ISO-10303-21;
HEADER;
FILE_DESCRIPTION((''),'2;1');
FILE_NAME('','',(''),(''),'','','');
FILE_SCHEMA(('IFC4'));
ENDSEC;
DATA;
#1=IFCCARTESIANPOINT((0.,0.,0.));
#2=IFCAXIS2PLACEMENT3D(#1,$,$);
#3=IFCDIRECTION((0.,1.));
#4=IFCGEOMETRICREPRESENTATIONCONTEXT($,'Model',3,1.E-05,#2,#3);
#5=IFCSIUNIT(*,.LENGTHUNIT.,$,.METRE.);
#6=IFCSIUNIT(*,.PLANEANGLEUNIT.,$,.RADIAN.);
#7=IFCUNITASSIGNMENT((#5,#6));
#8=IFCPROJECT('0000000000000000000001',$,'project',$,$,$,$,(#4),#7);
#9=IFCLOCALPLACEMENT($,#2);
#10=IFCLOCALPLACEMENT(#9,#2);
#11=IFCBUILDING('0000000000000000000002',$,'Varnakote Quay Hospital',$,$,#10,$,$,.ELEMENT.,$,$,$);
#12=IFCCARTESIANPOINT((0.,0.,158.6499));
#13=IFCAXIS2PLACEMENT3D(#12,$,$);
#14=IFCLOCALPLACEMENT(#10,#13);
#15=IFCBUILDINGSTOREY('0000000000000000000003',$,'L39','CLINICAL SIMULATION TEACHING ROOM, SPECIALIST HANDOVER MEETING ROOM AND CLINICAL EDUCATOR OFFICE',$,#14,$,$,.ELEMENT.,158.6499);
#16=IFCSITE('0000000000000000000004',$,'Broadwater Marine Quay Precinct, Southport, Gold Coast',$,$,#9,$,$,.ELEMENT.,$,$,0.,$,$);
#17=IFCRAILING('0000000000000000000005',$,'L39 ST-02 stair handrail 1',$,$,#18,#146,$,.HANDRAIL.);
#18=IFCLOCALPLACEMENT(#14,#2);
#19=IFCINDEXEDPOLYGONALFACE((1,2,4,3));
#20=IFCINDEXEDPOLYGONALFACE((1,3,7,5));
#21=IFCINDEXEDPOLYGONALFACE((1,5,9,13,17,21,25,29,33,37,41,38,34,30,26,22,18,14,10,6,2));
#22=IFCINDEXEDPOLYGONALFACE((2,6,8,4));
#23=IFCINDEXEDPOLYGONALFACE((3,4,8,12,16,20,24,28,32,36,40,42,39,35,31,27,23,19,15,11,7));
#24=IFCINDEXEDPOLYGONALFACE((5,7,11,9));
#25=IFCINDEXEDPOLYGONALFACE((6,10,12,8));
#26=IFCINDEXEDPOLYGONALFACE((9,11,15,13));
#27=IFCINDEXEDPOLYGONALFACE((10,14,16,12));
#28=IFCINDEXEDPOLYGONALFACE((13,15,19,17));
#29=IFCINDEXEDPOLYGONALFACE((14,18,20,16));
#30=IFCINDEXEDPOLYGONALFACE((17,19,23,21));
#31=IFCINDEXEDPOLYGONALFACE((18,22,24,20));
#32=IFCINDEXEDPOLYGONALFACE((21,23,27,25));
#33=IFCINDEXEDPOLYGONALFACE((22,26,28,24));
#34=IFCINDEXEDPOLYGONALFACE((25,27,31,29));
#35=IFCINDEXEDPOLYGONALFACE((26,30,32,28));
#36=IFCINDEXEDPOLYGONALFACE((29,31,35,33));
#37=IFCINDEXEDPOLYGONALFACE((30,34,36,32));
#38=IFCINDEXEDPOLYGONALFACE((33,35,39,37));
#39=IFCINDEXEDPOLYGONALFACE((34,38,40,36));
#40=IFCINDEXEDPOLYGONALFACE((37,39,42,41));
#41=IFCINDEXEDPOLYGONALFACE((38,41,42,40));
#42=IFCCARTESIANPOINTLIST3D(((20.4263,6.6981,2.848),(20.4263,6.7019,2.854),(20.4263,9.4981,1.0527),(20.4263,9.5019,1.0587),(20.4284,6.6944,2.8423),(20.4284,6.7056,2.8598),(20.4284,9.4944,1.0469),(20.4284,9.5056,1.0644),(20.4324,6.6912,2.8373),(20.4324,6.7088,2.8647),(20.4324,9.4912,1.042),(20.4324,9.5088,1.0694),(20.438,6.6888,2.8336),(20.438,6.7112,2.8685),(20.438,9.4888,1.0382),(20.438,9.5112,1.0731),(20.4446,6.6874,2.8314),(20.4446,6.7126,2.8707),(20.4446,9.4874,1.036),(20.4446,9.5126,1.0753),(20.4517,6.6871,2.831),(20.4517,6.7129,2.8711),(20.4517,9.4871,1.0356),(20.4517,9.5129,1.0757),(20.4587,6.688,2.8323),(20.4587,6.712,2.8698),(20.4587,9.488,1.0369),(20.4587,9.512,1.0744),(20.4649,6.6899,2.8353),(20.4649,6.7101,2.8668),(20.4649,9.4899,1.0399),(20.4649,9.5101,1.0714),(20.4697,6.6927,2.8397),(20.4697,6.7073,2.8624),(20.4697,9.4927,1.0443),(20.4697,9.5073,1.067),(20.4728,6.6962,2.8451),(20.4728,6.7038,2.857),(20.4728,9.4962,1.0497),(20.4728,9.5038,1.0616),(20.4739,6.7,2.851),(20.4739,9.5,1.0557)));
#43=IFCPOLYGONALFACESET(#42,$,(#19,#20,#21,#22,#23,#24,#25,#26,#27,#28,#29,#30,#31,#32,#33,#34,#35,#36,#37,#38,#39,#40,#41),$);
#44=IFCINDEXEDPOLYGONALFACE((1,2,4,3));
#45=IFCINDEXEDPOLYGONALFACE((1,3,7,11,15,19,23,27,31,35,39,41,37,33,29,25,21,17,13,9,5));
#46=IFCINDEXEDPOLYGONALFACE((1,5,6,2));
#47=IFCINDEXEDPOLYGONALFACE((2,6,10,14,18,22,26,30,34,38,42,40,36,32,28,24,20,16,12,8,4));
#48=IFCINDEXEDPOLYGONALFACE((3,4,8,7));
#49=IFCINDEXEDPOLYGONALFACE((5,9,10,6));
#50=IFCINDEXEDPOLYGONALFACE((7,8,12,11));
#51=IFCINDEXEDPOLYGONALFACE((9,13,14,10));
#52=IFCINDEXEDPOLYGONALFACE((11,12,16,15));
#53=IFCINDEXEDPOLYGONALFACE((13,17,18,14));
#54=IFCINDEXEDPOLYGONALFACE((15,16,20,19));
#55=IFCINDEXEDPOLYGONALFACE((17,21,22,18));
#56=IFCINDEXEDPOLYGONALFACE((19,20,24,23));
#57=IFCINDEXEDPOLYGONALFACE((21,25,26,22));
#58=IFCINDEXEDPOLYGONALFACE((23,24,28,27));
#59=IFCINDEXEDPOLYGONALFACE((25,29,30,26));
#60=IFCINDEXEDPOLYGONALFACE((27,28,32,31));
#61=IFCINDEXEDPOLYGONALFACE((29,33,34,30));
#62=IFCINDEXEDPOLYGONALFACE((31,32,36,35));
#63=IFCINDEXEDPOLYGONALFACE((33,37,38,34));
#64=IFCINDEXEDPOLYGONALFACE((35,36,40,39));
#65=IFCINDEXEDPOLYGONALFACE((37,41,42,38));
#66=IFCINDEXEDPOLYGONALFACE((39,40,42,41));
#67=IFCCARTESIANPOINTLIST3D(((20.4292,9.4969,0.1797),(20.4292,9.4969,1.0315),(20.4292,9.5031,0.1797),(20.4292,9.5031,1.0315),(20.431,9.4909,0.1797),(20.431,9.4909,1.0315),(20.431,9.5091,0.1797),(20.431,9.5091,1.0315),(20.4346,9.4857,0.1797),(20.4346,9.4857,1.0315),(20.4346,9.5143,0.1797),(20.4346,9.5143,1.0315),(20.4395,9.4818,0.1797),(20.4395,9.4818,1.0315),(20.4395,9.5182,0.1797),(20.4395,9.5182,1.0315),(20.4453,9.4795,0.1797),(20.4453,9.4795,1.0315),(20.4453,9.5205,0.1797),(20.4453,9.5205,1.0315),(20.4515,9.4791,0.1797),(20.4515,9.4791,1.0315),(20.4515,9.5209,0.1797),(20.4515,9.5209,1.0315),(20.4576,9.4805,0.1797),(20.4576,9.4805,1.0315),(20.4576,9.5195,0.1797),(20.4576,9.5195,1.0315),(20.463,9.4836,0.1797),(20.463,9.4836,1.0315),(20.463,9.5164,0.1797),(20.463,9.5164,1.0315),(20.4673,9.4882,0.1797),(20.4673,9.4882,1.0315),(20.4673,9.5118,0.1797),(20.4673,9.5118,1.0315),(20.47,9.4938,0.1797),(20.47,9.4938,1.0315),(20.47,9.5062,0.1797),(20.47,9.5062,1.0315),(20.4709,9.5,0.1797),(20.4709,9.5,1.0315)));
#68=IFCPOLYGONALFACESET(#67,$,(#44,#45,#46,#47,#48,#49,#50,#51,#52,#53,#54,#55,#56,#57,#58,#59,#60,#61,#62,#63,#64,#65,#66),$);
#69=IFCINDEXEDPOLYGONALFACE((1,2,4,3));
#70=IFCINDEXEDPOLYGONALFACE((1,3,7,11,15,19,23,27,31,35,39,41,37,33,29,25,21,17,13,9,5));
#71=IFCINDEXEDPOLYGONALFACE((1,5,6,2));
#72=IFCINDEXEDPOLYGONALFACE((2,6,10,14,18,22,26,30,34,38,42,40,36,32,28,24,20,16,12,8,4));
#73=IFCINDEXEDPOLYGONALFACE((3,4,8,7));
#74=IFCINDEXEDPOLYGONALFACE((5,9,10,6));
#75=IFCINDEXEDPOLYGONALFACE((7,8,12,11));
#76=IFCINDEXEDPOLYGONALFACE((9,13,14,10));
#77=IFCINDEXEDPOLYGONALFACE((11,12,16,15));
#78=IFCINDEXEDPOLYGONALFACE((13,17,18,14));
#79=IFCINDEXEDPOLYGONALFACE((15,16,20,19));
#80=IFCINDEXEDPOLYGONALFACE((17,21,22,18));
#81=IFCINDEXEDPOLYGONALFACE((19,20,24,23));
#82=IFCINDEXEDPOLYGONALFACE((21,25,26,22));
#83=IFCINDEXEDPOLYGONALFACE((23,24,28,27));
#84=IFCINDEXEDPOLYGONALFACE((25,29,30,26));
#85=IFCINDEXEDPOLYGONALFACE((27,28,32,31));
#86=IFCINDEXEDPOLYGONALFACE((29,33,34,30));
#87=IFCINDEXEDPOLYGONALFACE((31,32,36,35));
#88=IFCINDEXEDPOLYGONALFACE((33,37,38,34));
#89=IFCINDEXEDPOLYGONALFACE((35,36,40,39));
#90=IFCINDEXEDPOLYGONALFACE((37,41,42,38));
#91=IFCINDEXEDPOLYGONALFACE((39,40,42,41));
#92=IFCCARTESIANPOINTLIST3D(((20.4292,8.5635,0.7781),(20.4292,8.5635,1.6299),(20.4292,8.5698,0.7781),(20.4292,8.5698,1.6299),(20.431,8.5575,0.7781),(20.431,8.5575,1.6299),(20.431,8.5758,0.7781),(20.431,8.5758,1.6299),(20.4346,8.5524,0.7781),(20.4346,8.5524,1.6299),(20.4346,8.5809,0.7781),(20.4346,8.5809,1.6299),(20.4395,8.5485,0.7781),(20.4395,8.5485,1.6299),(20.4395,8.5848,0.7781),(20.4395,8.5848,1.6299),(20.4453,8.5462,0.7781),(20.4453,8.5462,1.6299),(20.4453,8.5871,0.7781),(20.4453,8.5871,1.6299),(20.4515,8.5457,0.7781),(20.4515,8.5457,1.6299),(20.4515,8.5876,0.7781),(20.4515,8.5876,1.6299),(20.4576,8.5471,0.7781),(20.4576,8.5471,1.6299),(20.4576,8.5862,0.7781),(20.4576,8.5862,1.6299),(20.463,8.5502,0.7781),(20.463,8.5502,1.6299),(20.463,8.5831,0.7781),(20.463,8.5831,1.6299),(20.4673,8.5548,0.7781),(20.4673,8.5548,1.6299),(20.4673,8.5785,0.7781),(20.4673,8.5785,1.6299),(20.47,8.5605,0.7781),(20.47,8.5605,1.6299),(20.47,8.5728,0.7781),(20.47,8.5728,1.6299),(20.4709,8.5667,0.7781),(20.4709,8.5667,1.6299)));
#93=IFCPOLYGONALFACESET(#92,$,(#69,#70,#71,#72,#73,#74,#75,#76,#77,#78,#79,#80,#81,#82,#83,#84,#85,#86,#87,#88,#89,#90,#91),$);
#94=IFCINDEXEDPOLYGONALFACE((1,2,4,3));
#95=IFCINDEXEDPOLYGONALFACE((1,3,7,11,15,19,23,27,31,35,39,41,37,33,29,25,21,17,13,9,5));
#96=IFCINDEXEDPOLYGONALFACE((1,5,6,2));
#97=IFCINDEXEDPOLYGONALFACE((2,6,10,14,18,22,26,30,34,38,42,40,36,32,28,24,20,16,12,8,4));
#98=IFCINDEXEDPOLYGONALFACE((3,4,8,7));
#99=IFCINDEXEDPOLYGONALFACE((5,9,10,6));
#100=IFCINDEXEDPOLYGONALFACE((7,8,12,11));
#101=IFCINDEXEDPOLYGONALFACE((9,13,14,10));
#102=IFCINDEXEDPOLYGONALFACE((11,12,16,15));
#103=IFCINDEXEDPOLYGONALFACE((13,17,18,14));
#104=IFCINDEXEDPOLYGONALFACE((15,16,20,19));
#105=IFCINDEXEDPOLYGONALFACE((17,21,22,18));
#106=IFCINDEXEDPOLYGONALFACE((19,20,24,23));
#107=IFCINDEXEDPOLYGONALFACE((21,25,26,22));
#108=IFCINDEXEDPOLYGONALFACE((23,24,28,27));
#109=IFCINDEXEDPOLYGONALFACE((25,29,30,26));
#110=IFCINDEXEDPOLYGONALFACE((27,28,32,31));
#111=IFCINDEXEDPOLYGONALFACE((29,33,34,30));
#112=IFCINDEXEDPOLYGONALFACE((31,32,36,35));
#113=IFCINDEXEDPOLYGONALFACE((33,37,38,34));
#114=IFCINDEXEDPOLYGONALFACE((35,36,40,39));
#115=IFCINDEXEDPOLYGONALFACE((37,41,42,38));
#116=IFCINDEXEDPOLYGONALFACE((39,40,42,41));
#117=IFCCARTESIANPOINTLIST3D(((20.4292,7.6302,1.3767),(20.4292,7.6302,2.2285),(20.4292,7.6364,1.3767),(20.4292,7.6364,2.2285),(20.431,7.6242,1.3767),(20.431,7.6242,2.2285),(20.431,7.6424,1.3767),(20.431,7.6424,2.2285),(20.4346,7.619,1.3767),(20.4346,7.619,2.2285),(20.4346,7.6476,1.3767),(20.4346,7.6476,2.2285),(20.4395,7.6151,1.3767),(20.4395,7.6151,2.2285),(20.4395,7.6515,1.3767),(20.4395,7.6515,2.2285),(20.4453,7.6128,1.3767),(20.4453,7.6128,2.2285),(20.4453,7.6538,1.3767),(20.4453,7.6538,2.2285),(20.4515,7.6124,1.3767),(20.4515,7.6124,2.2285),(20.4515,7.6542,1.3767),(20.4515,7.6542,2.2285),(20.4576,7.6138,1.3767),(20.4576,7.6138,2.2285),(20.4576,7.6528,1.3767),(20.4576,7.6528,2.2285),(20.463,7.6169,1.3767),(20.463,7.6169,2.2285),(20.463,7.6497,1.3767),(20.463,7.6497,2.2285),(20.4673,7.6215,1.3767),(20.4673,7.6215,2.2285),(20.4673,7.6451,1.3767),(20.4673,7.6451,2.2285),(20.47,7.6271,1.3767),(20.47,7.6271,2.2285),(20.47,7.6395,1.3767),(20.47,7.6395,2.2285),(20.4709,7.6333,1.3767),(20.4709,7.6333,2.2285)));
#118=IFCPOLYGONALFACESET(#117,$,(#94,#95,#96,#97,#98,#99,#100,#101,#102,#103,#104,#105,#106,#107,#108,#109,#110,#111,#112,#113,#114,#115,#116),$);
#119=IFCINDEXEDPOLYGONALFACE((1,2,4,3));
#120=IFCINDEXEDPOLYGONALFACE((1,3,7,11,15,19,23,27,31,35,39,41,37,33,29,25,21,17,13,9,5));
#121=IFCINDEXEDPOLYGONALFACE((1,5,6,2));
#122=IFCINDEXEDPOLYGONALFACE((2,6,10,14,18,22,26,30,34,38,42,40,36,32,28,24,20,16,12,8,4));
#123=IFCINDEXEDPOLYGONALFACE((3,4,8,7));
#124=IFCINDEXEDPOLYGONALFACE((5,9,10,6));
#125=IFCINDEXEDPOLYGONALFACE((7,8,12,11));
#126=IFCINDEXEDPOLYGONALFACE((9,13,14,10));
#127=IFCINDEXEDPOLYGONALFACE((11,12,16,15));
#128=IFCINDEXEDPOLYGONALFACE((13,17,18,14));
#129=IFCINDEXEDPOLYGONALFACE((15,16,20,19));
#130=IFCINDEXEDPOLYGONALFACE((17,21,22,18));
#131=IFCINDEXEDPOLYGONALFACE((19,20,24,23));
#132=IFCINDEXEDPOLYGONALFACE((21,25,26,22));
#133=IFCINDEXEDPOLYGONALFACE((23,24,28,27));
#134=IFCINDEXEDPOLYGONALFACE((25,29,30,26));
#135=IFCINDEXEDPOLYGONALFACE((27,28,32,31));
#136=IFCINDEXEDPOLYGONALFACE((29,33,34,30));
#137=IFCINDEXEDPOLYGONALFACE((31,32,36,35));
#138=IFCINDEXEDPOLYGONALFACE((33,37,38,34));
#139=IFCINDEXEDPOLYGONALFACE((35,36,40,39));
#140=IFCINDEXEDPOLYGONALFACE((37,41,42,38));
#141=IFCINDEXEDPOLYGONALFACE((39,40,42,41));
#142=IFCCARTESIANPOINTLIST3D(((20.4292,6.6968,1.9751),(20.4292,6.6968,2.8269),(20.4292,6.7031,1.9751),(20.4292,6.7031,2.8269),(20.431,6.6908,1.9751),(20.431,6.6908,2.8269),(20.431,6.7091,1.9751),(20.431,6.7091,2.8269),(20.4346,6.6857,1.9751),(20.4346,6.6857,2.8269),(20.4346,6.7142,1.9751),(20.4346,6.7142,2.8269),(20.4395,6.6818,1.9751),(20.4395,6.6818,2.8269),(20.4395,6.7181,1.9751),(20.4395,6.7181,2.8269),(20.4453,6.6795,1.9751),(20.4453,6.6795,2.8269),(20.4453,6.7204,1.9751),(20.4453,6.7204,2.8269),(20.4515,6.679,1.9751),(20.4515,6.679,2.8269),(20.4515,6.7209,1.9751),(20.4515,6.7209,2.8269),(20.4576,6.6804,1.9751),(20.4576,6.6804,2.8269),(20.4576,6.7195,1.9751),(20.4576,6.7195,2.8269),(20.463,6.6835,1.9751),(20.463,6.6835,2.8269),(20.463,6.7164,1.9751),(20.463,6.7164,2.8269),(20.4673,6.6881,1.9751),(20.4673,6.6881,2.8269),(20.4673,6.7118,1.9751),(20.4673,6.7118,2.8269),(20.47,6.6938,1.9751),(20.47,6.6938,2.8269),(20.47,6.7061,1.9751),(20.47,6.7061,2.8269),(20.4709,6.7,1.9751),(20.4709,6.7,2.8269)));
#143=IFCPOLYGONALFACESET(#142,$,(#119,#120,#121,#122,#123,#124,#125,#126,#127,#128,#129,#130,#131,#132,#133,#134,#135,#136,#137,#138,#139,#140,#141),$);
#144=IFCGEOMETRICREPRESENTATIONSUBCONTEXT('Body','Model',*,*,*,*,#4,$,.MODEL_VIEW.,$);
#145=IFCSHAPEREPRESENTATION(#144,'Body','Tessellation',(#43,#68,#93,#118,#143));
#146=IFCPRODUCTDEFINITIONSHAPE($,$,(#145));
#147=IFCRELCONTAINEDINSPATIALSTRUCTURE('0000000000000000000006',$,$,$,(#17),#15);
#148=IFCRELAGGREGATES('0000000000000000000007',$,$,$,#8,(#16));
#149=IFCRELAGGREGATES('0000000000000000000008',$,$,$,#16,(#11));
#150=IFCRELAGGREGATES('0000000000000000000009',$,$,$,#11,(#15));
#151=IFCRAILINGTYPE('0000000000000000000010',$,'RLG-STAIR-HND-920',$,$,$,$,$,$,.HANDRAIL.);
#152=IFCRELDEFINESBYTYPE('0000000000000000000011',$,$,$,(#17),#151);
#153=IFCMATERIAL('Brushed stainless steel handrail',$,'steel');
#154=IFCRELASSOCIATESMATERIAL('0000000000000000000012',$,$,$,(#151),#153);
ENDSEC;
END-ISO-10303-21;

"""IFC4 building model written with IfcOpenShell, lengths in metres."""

from ifc_helpers import new_model, si_unit, direction, frame, origin, origin_2d, place, context, subcontext, project, spatial, circle, extrude, material, type_object, element, save


model = new_model("IFC4")

# Units and contexts
model_context = context("Model", 3, precision=1e-05, world=origin(), true_north=direction((0.0, 1.0)))
body_context = subcontext(model_context, "Body", "Model", "MODEL_VIEW")
ifc_project = project(units=[si_unit("LENGTHUNIT", "METRE"), si_unit("PLANEANGLEUNIT", "RADIAN")], contexts=[model_context])

# Site, building, storey
site_placement = place(None, origin())
site = spatial("IfcSite", under=ifc_project, at=site_placement, Name="Broadwater Marine Quay Precinct, Southport, Gold Coast", CompositionType="ELEMENT", RefElevation=0.0)
building_placement = place(site_placement, origin())
building = spatial("IfcBuilding", under=site, at=building_placement, Name="Varnakote Quay Hospital", CompositionType="ELEMENT")
storey_placement = place(building_placement, frame((0.0, 0.0, 158.6499)))
storey = spatial("IfcBuildingStorey", under=building, at=storey_placement, Name="L39", Description="CLINICAL SIMULATION TEACHING ROOM, SPECIALIST HANDOVER MEETING ROOM AND CLINICAL EDUCATOR OFFICE", CompositionType="ELEMENT", Elevation=158.6499)

# Railing
ifc_material_1 = material(Name="Brushed stainless steel handrail", Category="steel")
railing_type_1 = type_object("IfcRailingType", Name="RLG-STAIR-HND-920", PredefinedType="HANDRAIL", material=ifc_material_1)
railing_1_placement = place(storey_placement, frame((20.45, 9.5, 0.1797)))
element("IfcRailing", 1, at=railing_1_placement, inside=storey, type_object=railing_type_1, Name="L39 ST-02 stair handrail 1", PredefinedType="HANDRAIL", context=body_context, shape_type="SweptSolid", body=[
    extrude(circle(Radius=0.0239, at=origin_2d()), frame((0.0, 0.0, 0.876), z_axis=(0.0, -0.84181, 0.539774), x_axis=(1.0, 0.0, 0.0)), (0.0, 0.0, 1.0), 3.3262),
    extrude(circle(Radius=0.021, at=origin_2d()), origin(), (0.0, 0.0, 1.0), 0.8518),
    extrude(circle(Radius=0.021, at=origin_2d()), frame((0.0, -0.9333, 0.5984)), (0.0, 0.0, 1.0), 0.8518),
    extrude(circle(Radius=0.021, at=origin_2d()), frame((0.0, -1.8667, 1.197)), (0.0, 0.0, 1.0), 0.8518),
    extrude(circle(Radius=0.021, at=origin_2d()), frame((0.0, -2.8, 1.7954)), (0.0, 0.0, 1.0), 0.8518),
])

save(model, "model.ifc")
